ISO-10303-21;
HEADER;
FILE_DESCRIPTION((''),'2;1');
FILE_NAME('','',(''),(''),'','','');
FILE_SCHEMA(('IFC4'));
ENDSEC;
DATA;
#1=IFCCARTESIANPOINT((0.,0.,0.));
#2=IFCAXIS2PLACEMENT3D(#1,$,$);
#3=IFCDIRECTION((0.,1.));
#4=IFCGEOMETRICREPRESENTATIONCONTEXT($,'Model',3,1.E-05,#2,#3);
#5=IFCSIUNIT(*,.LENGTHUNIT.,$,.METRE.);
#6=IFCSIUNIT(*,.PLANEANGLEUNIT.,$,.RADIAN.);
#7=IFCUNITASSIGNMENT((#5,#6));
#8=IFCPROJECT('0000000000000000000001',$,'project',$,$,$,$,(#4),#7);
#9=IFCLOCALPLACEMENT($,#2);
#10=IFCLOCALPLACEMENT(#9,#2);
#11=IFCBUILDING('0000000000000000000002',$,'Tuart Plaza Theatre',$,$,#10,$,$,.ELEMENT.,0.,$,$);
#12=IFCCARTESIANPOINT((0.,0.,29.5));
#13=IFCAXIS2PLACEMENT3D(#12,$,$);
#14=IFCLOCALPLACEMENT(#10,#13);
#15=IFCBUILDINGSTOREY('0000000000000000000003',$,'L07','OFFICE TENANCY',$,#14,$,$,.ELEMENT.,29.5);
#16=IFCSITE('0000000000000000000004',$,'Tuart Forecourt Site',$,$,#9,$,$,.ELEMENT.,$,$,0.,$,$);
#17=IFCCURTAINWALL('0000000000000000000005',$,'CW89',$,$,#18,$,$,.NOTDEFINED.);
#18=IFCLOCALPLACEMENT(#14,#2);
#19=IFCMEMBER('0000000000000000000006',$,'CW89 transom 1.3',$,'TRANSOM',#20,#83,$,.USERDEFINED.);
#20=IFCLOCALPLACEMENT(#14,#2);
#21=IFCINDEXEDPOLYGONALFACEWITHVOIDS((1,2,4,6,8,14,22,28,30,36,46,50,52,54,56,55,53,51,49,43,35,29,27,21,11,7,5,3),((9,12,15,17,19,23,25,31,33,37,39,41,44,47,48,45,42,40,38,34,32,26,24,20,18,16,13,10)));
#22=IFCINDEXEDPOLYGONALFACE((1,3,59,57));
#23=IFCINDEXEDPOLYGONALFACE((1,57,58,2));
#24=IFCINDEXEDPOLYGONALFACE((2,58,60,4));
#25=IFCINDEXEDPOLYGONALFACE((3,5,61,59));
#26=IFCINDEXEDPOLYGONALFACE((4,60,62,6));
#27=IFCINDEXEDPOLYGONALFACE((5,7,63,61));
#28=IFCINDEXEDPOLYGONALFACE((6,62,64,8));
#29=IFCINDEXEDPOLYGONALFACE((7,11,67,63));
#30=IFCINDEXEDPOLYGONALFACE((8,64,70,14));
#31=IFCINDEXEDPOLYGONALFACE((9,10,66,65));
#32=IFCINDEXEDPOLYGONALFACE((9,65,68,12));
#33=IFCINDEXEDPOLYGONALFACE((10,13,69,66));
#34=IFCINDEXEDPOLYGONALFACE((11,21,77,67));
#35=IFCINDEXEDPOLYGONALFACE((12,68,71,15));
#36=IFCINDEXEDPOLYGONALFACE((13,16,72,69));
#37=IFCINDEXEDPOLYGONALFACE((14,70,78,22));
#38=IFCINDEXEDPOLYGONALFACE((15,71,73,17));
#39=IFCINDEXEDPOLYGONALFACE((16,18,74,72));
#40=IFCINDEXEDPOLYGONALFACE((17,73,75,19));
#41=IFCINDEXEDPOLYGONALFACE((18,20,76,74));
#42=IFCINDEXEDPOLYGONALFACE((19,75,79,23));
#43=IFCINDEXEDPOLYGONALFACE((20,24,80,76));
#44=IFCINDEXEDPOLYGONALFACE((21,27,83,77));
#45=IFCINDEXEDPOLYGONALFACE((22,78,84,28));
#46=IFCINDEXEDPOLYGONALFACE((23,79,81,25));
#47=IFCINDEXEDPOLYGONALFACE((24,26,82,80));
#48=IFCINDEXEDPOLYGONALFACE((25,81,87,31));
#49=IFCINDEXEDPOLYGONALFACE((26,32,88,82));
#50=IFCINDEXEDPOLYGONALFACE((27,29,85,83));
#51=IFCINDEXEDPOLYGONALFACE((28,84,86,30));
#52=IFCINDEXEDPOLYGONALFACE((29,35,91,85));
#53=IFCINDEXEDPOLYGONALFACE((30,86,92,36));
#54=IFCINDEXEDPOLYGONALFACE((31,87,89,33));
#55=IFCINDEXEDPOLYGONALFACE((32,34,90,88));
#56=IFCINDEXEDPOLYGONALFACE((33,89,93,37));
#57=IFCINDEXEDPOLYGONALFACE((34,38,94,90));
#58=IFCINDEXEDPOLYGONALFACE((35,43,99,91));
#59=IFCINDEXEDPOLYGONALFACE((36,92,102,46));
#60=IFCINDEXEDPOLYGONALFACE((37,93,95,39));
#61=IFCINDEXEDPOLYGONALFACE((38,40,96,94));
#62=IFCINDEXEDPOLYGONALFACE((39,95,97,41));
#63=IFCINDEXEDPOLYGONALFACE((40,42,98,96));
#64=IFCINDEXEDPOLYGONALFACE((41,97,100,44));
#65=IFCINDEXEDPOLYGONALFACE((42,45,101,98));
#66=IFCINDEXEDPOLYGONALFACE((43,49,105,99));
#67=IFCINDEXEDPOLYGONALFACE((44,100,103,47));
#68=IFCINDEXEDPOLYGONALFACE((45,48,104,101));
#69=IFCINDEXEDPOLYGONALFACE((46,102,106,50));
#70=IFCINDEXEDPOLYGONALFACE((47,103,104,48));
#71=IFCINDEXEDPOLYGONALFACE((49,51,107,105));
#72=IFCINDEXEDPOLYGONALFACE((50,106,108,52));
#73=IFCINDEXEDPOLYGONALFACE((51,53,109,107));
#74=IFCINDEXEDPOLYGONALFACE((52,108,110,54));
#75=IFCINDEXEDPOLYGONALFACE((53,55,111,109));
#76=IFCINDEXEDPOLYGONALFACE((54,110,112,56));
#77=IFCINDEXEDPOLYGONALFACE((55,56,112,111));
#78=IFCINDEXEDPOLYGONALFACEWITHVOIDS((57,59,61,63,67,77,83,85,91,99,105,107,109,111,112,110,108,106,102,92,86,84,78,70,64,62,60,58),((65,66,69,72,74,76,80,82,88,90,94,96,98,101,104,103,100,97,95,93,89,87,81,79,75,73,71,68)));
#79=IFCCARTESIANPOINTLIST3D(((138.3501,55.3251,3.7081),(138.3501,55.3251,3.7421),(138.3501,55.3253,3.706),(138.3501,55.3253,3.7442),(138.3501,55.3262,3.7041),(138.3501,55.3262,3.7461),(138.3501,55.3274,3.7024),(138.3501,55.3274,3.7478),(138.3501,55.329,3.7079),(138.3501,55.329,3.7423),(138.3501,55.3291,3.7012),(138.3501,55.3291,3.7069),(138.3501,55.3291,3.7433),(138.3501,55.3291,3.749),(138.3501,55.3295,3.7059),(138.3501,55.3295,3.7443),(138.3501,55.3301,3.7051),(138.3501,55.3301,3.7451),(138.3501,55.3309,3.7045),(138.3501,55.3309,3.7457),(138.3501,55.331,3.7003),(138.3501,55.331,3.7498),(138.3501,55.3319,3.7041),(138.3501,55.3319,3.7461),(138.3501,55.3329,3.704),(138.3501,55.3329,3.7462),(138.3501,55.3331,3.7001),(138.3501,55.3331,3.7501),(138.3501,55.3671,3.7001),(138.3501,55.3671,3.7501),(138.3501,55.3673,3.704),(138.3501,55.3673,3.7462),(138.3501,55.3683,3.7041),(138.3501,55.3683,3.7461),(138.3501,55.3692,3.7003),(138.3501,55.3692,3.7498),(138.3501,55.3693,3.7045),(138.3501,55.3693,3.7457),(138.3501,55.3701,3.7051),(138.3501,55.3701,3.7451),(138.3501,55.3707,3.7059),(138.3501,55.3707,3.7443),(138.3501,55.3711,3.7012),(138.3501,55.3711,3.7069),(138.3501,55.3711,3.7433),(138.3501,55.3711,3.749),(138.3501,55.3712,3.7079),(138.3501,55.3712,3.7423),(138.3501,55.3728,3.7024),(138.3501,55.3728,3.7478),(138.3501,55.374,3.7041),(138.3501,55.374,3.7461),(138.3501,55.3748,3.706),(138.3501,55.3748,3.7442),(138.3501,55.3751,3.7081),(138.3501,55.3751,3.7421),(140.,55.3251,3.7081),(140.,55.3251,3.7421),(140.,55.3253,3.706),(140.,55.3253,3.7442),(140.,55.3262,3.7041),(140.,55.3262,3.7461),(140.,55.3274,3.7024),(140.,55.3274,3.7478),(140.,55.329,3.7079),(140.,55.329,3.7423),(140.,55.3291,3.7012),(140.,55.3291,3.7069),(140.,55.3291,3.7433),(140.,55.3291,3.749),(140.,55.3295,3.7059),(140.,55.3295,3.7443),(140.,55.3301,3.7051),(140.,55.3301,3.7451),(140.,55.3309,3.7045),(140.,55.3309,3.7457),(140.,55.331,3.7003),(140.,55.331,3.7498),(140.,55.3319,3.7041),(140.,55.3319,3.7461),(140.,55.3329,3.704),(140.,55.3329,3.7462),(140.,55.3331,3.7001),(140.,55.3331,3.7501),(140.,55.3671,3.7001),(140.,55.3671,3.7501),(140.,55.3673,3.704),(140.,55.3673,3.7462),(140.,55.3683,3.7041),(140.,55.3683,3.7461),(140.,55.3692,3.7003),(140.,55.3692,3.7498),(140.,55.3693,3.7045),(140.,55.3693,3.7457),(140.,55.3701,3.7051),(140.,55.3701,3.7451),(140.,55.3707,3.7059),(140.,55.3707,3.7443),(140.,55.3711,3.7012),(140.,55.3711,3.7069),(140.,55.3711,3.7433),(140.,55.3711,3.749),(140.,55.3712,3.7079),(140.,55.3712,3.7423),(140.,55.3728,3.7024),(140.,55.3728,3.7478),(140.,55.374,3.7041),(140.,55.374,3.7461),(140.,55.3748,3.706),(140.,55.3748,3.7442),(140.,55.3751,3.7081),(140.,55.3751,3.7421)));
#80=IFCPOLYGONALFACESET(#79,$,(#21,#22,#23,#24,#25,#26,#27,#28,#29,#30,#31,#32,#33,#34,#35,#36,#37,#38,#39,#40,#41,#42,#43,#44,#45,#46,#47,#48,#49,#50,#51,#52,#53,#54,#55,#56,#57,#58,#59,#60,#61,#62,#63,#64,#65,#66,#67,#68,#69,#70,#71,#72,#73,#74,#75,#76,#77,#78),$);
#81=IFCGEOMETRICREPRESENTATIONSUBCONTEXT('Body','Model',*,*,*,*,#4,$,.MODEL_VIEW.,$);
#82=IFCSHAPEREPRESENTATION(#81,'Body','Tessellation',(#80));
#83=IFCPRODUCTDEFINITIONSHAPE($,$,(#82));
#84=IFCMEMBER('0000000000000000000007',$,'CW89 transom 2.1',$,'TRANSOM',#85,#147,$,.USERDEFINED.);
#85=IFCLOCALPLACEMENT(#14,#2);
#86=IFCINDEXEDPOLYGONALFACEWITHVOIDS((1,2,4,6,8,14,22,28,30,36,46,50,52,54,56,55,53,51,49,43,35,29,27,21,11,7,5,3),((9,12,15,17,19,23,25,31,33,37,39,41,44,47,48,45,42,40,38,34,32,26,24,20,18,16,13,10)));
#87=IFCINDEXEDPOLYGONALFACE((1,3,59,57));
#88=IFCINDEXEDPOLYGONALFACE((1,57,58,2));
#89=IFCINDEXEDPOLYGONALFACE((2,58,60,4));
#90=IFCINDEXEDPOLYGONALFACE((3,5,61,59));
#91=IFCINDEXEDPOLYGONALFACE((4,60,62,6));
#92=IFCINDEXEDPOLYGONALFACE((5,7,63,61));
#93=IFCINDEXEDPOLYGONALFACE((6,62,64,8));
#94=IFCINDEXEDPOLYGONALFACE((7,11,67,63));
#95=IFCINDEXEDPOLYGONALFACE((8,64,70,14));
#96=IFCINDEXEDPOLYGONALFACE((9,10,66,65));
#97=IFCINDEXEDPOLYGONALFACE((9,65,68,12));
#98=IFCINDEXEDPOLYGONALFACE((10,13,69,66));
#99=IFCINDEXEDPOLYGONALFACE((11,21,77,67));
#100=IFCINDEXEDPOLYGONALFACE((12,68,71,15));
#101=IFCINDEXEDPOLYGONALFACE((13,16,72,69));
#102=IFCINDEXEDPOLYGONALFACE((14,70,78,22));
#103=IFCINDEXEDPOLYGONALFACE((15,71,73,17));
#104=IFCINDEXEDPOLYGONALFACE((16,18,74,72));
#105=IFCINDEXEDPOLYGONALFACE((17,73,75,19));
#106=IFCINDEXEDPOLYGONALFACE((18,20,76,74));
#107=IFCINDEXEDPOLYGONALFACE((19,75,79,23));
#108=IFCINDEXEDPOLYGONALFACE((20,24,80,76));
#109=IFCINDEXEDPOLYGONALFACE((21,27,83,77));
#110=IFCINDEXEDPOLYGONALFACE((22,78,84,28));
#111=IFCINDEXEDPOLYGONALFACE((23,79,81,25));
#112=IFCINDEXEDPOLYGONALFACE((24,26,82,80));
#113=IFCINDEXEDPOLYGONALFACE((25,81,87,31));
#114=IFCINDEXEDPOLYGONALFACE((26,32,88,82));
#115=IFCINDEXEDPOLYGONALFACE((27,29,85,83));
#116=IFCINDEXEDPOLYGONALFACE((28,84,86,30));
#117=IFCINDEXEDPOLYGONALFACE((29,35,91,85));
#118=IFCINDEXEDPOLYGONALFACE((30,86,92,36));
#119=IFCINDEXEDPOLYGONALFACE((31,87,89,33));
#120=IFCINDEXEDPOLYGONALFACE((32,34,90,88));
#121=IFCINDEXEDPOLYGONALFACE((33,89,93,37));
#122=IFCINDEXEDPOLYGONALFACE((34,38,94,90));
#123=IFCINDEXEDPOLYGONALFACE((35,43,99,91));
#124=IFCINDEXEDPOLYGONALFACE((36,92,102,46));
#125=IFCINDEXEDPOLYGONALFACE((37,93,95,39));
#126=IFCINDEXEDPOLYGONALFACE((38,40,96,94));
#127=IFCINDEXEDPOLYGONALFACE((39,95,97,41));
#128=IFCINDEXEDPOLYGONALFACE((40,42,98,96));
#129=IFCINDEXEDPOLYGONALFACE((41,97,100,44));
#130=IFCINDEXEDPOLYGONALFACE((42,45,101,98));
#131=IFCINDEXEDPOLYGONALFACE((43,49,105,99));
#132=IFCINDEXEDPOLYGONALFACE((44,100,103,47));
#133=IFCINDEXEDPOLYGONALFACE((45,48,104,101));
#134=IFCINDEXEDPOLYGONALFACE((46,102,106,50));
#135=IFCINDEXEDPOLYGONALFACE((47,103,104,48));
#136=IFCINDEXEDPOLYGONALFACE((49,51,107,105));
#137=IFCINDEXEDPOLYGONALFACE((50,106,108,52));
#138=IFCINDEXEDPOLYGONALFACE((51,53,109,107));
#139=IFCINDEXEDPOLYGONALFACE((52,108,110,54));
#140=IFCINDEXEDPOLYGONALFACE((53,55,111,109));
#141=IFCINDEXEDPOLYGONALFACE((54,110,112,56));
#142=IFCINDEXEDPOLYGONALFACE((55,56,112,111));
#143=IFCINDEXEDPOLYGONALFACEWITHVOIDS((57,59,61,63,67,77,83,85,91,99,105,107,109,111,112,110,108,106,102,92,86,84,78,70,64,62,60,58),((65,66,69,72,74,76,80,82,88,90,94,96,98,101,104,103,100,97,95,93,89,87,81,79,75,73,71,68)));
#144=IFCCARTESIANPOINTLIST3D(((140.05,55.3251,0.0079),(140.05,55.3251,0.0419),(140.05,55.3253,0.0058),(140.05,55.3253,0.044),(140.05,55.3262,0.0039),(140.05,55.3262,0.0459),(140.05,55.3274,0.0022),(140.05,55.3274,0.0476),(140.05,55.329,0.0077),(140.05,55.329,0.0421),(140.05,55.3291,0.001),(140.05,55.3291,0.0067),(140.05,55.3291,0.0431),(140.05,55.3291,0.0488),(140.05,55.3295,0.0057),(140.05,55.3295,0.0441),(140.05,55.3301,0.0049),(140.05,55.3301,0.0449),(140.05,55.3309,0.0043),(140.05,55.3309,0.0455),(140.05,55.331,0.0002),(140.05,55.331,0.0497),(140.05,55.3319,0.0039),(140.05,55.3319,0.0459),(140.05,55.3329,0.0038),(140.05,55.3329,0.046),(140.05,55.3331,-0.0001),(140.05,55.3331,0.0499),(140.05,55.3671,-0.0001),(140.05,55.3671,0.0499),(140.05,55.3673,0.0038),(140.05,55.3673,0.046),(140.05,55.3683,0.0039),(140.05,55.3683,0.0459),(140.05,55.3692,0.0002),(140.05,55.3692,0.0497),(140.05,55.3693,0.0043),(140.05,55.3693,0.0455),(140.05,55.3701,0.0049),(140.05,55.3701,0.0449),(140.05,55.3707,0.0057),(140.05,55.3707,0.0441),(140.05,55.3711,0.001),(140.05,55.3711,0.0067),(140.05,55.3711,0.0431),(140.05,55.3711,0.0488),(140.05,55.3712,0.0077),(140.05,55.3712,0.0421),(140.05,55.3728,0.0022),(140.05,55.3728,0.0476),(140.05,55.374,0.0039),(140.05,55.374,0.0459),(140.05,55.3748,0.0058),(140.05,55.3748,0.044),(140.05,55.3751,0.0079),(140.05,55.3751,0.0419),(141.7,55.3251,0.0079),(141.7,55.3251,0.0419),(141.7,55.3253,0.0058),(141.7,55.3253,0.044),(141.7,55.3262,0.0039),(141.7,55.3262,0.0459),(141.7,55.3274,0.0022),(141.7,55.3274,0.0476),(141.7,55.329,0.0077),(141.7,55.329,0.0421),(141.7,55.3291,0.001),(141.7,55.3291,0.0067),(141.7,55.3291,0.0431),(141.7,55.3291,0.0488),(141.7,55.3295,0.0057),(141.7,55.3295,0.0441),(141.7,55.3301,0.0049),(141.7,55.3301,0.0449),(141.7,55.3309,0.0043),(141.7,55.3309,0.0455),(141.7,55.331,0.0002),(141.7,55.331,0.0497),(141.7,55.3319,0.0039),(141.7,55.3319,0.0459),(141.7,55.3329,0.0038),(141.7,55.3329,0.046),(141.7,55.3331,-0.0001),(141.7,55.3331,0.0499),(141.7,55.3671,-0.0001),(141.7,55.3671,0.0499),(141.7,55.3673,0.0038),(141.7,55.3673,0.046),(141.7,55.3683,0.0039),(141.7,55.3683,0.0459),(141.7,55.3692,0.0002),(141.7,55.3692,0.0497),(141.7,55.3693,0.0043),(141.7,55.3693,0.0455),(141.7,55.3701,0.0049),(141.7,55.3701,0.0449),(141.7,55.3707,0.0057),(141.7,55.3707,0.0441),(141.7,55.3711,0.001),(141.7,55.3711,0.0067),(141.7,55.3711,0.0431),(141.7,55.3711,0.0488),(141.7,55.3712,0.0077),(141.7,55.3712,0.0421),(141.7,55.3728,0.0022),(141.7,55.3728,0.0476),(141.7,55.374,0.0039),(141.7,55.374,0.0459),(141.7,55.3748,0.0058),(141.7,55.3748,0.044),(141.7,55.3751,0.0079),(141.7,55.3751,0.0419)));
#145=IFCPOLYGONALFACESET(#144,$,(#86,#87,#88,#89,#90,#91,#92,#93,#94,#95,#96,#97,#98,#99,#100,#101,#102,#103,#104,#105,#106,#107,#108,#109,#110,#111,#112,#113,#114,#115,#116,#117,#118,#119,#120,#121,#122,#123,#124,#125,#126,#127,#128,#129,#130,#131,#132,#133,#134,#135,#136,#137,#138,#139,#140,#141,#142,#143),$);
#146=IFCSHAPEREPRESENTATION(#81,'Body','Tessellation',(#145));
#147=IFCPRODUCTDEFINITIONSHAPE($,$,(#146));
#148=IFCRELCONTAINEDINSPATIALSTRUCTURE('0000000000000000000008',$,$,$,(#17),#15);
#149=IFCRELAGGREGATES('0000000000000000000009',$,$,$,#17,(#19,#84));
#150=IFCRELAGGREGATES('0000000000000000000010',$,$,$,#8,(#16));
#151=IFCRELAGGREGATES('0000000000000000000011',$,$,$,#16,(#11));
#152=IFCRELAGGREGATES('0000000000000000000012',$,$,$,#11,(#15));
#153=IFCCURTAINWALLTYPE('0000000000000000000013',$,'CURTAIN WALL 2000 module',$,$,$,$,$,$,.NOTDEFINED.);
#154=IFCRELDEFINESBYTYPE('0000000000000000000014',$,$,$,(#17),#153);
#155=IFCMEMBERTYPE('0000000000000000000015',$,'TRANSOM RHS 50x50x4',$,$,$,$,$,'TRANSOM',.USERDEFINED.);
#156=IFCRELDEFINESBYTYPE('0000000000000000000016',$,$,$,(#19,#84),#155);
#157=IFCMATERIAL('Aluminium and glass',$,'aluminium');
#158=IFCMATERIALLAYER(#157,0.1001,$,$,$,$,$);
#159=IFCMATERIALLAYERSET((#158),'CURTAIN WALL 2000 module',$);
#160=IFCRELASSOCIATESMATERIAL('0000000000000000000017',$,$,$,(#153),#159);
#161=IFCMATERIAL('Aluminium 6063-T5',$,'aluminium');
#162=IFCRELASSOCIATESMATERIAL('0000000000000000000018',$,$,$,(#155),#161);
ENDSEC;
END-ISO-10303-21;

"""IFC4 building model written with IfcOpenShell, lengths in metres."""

from ifc_helpers import new_model, si_unit, direction, frame, origin, origin_2d, place, context, subcontext, project, spatial, hollow_rectangle, extrude, material, layer, layer_set, material_profile, profile_set, type_object, element, aggregate, save


model = new_model("IFC4")

# Units and contexts
model_context = context("Model", 3, precision=1e-05, world=origin(), true_north=direction((0.0, 1.0)))
body_context = subcontext(model_context, "Body", "Model", "MODEL_VIEW")
ifc_project = project(units=[si_unit("LENGTHUNIT", "METRE"), si_unit("PLANEANGLEUNIT", "RADIAN")], contexts=[model_context])

# Site, building, storey
site_placement = place(None, origin())
site = spatial("IfcSite", under=ifc_project, at=site_placement, Name="Tuart Forecourt Site", CompositionType="ELEMENT", RefElevation=0.0)
building_placement = place(site_placement, origin())
building = spatial("IfcBuilding", under=site, at=building_placement, Name="Tuart Plaza Theatre", CompositionType="ELEMENT", ElevationOfRefHeight=0.0)
storey_placement = place(building_placement, frame((0.0, 0.0, 29.5)))
storey = spatial("IfcBuildingStorey", under=building, at=storey_placement, Name="L07", Description="OFFICE TENANCY", CompositionType="ELEMENT", Elevation=29.5)

# Curtain wall
ifc_material_1 = material(Name="Aluminium and glass", Category="aluminium")
ifc_layer_1 = layer(ifc_material_1, 0.1001)
ifc_layer_set_1 = layer_set([ifc_layer_1], Name="CURTAIN WALL 2000 module")
curtain_wall_type = type_object("IfcCurtainWallType", Name="CURTAIN WALL 2000 module", PredefinedType="NOTDEFINED", material=ifc_layer_set_1)
curtain_wall_1_placement = place(storey_placement, origin())
curtain_wall_1 = element("IfcCurtainWall", 1, at=curtain_wall_1_placement, inside=storey, type_object=curtain_wall_type, Name="CW89", PredefinedType="NOTDEFINED")

# Members
ifc_material_2 = material(Name="Aluminium 6063-T5", Category="aluminium")
ifc_material_profile_1 = material_profile(ifc_material_2, hollow_rectangle(XDim=0.05, YDim=0.05, WallThickness=0.0039, InnerFilletRadius=0.0039, OuterFilletRadius=0.0081, at=origin_2d()), Name="RHS 50x50x4")
ifc_profile_set_1 = profile_set([ifc_material_profile_1], Name="Aluminium 6063-T5")
member_type_1 = type_object("IfcMemberType", Name="TRANSOM RHS 50x50x4", ElementType="TRANSOM", PredefinedType="USERDEFINED", material=ifc_profile_set_1)
member_1_placement = place(storey_placement, frame((138.3501, 55.3501, 3.7251), z_axis=(1.0, 0.0, 0.0), x_axis=(0.0, 1.0, 0.0)))
member_1 = element("IfcMember", 2, at=member_1_placement, type_object=member_type_1, Name="CW89 transom 1.3", ObjectType="TRANSOM", PredefinedType="USERDEFINED", context=body_context, shape_type="SweptSolid", body=[
    extrude(hollow_rectangle(XDim=0.05, YDim=0.05, WallThickness=0.0039, InnerFilletRadius=0.0039, OuterFilletRadius=0.0081, at=origin_2d()), origin(), (0.0, 0.0, 1.0), 1.6499),
])
member_2_placement = place(storey_placement, frame((140.05, 55.3501, 0.0249), z_axis=(1.0, 0.0, 0.0), x_axis=(0.0, 1.0, 0.0)))
member_2 = element("IfcMember", 3, at=member_2_placement, type_object=member_type_1, Name="CW89 transom 2.1", ObjectType="TRANSOM", PredefinedType="USERDEFINED", context=body_context, shape_type="SweptSolid", body=[
    extrude(hollow_rectangle(XDim=0.05, YDim=0.05, WallThickness=0.0039, InnerFilletRadius=0.0039, OuterFilletRadius=0.0081, at=origin_2d()), origin(), (0.0, 0.0, 1.0), 1.6499),
])

aggregate(curtain_wall_1, [member_1, member_2])

save(model, "model.ifc")
